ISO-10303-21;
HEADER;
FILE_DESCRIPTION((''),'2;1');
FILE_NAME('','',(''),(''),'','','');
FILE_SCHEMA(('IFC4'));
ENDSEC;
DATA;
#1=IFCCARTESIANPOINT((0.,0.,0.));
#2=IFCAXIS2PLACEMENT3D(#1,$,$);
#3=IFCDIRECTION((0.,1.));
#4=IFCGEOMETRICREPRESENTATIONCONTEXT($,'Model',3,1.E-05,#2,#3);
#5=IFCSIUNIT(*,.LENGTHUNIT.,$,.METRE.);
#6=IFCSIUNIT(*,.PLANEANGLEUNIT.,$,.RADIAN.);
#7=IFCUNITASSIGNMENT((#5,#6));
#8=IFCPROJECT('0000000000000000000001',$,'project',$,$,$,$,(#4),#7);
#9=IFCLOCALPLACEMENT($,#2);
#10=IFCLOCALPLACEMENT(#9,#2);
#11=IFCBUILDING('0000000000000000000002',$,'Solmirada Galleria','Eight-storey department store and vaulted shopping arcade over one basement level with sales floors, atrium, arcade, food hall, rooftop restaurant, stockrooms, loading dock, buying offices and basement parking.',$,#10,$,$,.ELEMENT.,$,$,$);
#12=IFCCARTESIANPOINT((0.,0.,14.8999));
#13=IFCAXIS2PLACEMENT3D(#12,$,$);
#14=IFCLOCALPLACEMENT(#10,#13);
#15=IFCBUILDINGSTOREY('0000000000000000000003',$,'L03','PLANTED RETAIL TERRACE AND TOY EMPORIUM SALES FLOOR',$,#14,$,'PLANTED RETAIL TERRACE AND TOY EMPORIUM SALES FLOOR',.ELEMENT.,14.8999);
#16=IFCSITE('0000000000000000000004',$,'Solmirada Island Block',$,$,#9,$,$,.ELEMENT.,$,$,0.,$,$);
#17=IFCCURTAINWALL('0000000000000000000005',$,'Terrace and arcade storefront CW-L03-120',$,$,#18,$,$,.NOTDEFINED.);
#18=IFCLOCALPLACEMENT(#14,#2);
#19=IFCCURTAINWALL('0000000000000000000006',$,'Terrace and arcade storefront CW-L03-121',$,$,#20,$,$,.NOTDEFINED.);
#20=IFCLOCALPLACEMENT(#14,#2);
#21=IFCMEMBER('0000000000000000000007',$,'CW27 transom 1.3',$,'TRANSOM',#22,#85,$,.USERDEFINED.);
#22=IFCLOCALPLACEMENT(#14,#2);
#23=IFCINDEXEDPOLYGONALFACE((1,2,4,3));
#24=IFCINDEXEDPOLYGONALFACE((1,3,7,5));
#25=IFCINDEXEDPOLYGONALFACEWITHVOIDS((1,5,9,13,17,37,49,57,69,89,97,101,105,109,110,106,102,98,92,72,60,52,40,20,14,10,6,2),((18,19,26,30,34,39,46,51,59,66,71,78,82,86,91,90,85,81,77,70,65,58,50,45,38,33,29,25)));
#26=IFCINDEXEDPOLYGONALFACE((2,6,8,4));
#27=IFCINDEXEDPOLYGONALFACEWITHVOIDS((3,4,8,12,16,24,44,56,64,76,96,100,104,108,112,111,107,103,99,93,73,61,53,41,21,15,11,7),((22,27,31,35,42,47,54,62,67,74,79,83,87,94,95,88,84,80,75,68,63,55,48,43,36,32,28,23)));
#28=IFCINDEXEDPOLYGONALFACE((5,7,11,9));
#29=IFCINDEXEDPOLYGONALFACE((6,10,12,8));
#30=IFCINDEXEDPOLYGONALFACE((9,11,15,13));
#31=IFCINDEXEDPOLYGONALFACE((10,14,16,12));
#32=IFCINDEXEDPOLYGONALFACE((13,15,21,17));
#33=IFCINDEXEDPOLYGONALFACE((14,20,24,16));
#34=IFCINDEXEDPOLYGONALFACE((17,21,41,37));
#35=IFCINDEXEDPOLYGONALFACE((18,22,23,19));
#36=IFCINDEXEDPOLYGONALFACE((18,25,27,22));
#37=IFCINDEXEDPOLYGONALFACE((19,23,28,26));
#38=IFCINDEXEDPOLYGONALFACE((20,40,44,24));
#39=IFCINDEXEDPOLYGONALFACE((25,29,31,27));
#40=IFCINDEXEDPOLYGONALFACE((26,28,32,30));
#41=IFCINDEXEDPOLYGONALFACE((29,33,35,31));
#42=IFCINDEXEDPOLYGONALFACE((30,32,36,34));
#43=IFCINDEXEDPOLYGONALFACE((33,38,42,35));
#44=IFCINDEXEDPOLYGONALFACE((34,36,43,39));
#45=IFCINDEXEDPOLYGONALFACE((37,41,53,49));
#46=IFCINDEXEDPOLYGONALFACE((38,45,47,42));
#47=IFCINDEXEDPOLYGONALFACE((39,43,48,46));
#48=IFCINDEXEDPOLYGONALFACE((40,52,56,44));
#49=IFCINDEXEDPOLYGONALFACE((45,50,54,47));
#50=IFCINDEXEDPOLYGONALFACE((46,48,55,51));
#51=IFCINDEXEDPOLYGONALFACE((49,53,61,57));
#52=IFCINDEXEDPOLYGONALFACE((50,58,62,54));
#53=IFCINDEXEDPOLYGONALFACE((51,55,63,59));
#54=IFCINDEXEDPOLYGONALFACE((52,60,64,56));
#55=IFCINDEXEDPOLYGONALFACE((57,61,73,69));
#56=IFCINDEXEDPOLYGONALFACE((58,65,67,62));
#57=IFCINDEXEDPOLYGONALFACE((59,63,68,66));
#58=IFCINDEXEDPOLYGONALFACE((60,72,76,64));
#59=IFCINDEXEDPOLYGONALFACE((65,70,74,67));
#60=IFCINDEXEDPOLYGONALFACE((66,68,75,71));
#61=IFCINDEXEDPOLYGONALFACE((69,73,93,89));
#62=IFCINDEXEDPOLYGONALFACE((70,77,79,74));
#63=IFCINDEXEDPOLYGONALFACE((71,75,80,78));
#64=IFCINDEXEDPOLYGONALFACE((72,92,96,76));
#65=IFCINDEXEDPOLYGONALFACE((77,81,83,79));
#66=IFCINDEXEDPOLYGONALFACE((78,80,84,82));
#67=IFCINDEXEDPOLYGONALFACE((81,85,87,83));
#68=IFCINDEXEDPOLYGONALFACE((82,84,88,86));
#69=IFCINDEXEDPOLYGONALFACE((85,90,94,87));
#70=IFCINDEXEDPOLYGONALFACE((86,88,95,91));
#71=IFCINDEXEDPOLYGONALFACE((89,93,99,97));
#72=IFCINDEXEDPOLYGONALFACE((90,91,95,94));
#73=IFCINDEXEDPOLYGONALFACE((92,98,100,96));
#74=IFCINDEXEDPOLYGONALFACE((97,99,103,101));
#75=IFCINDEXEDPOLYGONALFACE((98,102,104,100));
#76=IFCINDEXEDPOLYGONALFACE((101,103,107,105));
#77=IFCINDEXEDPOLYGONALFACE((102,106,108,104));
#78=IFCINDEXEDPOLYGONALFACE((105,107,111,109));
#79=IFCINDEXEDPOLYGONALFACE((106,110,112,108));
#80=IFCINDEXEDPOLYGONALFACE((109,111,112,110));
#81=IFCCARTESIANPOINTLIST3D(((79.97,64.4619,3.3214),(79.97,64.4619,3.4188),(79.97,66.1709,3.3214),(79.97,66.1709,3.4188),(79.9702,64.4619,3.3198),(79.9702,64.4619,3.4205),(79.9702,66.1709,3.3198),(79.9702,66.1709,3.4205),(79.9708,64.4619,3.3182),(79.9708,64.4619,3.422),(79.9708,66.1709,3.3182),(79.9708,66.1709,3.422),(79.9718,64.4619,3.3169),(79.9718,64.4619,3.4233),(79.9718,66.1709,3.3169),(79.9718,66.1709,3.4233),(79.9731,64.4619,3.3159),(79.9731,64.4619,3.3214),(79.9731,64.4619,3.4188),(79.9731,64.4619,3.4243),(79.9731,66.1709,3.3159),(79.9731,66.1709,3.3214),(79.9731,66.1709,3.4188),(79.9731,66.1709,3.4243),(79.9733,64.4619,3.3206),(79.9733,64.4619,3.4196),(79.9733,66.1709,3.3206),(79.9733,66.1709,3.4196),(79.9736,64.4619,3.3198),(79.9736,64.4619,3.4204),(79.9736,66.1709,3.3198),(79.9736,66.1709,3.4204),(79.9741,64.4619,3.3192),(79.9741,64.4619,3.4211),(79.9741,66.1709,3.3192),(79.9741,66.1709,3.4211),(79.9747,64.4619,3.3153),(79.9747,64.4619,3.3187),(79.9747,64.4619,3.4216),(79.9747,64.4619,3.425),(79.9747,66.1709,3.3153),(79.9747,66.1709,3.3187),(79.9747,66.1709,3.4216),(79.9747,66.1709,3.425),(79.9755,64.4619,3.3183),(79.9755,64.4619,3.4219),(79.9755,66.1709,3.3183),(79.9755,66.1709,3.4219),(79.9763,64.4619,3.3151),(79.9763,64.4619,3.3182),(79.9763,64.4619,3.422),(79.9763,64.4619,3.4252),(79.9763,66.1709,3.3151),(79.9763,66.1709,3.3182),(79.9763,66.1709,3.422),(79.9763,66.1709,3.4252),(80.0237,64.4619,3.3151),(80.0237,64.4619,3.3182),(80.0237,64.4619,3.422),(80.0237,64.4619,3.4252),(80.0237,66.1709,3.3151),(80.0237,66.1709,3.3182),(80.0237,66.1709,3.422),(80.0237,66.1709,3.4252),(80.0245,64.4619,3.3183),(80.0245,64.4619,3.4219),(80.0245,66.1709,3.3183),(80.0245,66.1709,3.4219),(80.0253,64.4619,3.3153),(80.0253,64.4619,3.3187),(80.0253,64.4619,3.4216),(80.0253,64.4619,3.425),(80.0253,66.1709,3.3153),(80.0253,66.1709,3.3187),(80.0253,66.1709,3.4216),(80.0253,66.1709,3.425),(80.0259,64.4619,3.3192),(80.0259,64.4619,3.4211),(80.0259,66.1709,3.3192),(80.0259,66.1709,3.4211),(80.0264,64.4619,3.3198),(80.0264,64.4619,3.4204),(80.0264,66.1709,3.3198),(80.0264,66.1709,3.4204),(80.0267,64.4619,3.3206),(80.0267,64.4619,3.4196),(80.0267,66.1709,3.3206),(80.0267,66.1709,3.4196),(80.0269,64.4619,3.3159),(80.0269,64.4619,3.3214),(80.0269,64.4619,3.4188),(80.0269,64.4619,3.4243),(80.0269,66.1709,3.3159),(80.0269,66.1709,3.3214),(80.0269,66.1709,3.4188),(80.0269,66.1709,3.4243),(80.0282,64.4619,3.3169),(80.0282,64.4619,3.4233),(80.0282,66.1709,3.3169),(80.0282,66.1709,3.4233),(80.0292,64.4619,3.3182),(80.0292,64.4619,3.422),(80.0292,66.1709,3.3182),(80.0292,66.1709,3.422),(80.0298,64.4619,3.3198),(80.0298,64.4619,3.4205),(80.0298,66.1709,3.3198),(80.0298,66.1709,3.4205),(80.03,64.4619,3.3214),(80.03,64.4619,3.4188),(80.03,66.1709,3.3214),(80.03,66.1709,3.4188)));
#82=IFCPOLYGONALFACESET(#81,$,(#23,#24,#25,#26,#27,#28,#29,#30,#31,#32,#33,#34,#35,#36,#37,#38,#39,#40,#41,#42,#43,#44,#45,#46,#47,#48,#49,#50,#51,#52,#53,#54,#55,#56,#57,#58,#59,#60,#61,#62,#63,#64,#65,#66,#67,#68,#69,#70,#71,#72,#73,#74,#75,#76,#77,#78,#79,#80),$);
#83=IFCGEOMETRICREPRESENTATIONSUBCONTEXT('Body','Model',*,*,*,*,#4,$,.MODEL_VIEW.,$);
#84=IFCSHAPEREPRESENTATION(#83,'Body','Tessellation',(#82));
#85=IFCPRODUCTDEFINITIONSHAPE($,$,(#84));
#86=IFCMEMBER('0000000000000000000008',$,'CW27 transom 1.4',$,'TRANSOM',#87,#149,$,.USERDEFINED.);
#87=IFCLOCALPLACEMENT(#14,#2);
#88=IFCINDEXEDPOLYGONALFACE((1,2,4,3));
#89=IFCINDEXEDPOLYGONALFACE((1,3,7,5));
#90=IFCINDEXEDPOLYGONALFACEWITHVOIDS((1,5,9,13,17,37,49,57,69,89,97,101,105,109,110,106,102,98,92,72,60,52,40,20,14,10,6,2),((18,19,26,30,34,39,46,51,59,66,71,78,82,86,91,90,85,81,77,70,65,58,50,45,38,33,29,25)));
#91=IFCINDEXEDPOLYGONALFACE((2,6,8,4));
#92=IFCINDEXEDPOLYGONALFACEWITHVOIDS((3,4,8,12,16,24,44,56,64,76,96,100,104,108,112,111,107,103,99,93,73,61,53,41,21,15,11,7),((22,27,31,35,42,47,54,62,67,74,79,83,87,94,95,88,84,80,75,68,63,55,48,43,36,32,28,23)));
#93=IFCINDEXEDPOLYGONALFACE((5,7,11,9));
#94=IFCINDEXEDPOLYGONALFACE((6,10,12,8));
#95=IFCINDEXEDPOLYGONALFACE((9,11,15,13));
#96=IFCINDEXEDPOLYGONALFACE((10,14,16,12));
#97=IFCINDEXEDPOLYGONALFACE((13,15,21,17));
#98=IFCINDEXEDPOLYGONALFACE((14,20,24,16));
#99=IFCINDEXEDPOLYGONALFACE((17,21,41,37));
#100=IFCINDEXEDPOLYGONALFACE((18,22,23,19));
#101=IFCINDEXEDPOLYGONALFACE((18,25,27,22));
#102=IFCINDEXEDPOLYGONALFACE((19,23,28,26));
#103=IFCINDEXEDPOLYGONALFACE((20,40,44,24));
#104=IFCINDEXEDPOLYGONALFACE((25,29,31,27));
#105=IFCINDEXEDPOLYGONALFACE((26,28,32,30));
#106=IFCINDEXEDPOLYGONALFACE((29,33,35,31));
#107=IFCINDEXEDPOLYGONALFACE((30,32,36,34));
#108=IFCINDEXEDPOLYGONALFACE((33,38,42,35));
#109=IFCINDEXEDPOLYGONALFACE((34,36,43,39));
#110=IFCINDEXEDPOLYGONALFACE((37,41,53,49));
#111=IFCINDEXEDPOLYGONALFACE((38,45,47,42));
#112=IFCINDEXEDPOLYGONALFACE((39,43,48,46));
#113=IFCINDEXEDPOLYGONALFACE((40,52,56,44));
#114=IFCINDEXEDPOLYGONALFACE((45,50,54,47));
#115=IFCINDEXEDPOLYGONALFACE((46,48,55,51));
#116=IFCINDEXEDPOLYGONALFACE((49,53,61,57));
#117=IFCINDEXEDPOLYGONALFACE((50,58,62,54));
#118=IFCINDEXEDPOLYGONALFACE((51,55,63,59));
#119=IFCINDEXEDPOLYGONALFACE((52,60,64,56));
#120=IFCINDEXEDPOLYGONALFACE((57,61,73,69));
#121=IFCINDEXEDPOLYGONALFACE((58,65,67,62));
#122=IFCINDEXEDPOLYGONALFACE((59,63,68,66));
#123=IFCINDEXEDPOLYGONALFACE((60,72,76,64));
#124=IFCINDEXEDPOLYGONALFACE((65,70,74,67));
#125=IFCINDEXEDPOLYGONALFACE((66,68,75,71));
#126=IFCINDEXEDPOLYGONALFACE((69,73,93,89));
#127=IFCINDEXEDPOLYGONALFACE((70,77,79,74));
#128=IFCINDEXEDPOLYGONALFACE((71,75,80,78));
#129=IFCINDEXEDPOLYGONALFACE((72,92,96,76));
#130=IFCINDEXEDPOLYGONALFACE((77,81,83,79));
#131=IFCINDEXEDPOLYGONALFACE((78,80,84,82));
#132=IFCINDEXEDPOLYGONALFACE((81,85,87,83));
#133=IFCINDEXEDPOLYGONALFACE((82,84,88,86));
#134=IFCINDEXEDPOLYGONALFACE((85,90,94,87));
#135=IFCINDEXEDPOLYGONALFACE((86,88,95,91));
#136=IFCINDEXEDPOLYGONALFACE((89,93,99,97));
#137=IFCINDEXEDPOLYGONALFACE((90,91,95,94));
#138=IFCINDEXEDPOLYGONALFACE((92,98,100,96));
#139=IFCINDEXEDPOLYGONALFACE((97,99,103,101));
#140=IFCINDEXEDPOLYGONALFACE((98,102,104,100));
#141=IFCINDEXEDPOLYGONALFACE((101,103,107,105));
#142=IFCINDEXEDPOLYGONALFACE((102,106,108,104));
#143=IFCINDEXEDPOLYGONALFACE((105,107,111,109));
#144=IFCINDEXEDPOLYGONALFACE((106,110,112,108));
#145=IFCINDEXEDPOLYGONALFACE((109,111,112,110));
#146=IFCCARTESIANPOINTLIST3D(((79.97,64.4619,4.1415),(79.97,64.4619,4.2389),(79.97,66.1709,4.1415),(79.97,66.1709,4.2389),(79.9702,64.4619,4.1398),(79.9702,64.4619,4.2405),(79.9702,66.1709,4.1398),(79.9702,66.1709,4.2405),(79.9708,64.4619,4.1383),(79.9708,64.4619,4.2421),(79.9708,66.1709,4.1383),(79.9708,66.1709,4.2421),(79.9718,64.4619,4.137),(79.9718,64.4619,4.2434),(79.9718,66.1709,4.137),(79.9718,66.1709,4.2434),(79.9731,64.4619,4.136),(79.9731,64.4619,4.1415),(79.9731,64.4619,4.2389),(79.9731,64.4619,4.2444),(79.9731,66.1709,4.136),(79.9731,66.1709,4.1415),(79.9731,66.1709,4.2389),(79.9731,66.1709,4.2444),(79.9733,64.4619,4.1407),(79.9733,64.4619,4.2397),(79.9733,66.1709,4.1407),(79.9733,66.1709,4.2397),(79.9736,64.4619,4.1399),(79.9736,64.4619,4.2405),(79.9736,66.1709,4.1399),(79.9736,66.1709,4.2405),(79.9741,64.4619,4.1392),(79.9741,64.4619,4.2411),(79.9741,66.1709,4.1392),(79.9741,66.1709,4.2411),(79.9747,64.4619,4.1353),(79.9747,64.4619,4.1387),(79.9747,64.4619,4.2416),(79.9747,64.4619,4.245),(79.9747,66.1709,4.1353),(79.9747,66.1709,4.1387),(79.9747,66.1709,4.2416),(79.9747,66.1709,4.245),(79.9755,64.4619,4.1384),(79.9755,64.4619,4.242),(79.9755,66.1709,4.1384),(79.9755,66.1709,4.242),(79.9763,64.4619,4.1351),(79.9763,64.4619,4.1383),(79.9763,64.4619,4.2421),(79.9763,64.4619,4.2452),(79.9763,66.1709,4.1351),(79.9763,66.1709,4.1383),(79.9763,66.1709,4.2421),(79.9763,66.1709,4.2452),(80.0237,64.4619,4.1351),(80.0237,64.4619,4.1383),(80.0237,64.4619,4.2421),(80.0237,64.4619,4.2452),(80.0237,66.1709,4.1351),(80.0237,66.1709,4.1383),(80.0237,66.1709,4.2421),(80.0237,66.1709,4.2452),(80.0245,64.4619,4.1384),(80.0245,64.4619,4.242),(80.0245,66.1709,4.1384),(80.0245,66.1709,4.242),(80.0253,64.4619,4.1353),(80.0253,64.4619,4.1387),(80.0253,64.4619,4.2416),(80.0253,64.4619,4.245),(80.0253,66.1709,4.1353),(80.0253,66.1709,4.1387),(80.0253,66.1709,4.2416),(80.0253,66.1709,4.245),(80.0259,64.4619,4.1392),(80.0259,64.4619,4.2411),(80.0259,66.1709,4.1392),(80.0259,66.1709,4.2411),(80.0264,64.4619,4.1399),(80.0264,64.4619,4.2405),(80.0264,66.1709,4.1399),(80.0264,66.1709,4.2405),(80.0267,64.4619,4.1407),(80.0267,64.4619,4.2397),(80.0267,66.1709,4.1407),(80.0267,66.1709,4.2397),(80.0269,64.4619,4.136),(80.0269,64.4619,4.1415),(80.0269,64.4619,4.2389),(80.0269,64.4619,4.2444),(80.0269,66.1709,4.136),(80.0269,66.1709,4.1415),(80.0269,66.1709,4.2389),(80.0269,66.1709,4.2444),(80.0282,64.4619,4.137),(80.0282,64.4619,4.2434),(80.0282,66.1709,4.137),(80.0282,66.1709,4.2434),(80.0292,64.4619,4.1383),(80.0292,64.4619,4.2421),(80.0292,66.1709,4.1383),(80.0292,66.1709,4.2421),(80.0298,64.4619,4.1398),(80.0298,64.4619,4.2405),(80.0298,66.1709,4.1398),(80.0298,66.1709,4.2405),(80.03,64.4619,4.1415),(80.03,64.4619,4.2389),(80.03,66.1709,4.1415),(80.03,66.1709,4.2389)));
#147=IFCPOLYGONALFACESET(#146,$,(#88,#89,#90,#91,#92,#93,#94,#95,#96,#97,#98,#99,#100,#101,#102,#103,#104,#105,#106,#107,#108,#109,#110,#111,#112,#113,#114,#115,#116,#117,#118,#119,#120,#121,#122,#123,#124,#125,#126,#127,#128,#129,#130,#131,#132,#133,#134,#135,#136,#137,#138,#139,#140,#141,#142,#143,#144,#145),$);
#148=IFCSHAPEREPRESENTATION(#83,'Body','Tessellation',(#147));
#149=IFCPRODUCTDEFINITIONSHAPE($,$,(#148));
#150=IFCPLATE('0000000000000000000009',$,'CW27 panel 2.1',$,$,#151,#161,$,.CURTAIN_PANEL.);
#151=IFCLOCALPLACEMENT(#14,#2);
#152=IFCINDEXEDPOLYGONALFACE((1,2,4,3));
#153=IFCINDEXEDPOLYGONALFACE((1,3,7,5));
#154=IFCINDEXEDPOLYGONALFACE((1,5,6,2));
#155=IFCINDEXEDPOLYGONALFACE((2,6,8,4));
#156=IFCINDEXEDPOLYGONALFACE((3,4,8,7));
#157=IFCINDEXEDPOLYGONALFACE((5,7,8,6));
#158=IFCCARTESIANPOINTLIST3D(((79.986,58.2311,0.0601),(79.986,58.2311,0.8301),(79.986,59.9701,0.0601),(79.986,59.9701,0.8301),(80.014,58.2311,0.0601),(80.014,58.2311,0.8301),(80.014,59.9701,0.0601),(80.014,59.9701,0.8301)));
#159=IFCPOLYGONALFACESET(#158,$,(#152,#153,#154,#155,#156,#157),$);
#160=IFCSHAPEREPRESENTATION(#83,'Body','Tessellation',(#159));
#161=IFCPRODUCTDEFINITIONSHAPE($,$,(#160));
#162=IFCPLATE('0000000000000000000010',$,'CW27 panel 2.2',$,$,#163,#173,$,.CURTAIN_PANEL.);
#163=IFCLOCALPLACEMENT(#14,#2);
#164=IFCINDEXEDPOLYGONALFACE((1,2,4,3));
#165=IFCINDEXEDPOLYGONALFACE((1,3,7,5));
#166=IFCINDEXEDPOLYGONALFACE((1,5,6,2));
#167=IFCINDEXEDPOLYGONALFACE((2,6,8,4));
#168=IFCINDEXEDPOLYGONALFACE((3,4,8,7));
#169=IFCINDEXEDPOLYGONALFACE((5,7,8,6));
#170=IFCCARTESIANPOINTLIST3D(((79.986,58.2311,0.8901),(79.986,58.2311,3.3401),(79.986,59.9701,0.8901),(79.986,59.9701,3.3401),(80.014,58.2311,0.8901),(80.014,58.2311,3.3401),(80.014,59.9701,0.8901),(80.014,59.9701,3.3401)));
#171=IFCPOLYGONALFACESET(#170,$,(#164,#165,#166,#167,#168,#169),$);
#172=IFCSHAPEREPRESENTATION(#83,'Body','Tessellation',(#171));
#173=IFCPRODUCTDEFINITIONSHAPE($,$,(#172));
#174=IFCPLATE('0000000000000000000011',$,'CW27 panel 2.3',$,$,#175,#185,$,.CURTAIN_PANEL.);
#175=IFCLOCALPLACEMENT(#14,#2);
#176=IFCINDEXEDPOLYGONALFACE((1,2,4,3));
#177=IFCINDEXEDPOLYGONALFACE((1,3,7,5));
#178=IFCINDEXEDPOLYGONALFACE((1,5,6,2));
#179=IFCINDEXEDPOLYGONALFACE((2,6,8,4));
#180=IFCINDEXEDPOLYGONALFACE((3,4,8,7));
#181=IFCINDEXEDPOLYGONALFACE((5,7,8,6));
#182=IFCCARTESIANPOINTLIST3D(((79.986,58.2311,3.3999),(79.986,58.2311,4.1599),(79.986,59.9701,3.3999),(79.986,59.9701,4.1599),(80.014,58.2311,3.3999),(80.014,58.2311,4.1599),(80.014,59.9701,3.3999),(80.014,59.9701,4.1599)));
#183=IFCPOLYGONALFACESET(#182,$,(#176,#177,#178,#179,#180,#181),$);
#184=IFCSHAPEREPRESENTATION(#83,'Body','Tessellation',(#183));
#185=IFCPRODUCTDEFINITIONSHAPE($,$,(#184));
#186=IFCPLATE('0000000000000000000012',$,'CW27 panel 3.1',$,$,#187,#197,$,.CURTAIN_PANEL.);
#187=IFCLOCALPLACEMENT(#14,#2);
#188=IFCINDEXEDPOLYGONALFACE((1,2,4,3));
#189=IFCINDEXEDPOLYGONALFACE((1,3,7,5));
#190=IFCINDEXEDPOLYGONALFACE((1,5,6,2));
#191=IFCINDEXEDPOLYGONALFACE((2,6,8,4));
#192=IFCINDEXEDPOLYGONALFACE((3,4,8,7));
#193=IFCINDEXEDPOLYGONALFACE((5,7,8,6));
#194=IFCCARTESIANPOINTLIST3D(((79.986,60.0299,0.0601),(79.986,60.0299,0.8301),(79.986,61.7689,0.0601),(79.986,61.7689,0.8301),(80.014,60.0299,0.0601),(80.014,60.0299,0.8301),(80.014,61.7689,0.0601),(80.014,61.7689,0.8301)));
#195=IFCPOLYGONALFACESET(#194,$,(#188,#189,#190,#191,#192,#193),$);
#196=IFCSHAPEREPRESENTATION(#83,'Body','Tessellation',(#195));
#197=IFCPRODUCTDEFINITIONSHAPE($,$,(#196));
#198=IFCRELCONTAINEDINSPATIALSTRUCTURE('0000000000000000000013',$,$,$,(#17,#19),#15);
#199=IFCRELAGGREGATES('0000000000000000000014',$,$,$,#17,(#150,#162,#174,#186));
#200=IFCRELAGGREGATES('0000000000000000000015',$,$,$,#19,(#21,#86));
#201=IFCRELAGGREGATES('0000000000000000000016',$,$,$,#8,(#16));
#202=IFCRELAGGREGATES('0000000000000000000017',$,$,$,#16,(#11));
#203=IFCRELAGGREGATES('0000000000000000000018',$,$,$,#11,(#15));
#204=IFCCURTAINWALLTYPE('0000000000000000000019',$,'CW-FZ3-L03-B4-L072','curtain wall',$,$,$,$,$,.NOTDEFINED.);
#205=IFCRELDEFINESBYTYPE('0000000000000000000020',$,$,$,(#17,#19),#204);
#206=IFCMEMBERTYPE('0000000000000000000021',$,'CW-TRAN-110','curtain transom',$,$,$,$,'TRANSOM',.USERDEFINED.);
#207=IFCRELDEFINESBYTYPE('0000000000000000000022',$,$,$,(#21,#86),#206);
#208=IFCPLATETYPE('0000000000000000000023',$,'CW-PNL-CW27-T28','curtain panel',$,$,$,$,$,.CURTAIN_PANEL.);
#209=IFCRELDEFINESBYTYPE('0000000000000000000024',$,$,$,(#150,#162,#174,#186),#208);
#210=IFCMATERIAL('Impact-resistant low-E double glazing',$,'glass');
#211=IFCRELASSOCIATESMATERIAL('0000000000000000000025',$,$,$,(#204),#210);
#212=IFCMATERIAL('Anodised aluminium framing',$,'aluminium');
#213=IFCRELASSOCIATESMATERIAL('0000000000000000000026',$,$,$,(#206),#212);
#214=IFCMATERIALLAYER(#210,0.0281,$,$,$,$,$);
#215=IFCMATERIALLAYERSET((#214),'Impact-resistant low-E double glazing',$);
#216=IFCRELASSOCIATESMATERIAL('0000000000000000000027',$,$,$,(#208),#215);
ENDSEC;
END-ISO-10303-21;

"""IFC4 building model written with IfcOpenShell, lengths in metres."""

from ifc_helpers import new_model, si_unit, direction, frame, origin, origin_2d, place, context, subcontext, project, spatial, rectangle, hollow_rectangle, extrude, material, layer, layer_set, material_profile, profile_set, type_object, element, aggregate, save


model = new_model("IFC4")

# Units and contexts
model_context = context("Model", 3, precision=1e-05, world=origin(), true_north=direction((0.0, 1.0)))
body_context = subcontext(model_context, "Body", "Model", "MODEL_VIEW")
ifc_project = project(units=[si_unit("LENGTHUNIT", "METRE"), si_unit("PLANEANGLEUNIT", "RADIAN")], contexts=[model_context])

# Site, building, storey
site_placement = place(None, origin())
site = spatial("IfcSite", under=ifc_project, at=site_placement, Name="Solmirada Island Block", CompositionType="ELEMENT", RefElevation=0.0)
building_placement = place(site_placement, origin())
building = spatial("IfcBuilding", under=site, at=building_placement, Name="Solmirada Galleria", Description="Eight-storey department store and vaulted shopping arcade over one basement level with sales floors, atrium, arcade, food hall, rooftop restaurant, stockrooms, loading dock, buying offices and basement parking.", CompositionType="ELEMENT")
storey_placement = place(building_placement, frame((0.0, 0.0, 14.8999)))
storey = spatial("IfcBuildingStorey", under=building, at=storey_placement, Name="L03", Description="PLANTED RETAIL TERRACE AND TOY EMPORIUM SALES FLOOR", LongName="PLANTED RETAIL TERRACE AND TOY EMPORIUM SALES FLOOR", CompositionType="ELEMENT", Elevation=14.8999)

# Curtain wall
ifc_material_1 = material(Name="Impact-resistant low-E double glazing", Category="glass")
curtain_wall_type = type_object("IfcCurtainWallType", Name="CW-FZ3-L03-B4-L072", Description="curtain wall", PredefinedType="NOTDEFINED", material=ifc_material_1)
curtain_wall_1_placement = place(storey_placement, origin())
curtain_wall_1 = element("IfcCurtainWall", 1, at=curtain_wall_1_placement, inside=storey, type_object=curtain_wall_type, Name="Terrace and arcade storefront CW-L03-120", PredefinedType="NOTDEFINED")
ifc_material_2 = material(Name="Anodised aluminium framing", Category="aluminium")

# Curtain wall
curtain_wall_2_placement = place(storey_placement, origin())
curtain_wall_2 = element("IfcCurtainWall", 2, at=curtain_wall_2_placement, inside=storey, type_object=curtain_wall_type, Name="Terrace and arcade storefront CW-L03-121", PredefinedType="NOTDEFINED")

# Members
ifc_material_profile_1 = material_profile(ifc_material_2, hollow_rectangle(XDim=0.0601, YDim=0.1101, WallThickness=0.0032, InnerFilletRadius=0.0032, OuterFilletRadius=0.0063, at=origin_2d()), Name="ALU-TRAN-110X60")
ifc_profile_set_1 = profile_set([ifc_material_profile_1], Name="Anodised aluminium framing")
member_type_1 = type_object("IfcMemberType", Name="CW-TRAN-110", Description="curtain transom", ElementType="TRANSOM", PredefinedType="USERDEFINED", material=ifc_profile_set_1)
member_1_placement = place(storey_placement, frame((80.0, 64.4619, 3.3701), z_axis=(0.0, 1.0, 0.0), x_axis=(-1.0, 0.0, 0.0)))
member_1 = element("IfcMember", 3, at=member_1_placement, type_object=member_type_1, Name="CW27 transom 1.3", ObjectType="TRANSOM", PredefinedType="USERDEFINED", context=body_context, shape_type="SweptSolid", body=[
    extrude(hollow_rectangle(XDim=0.0601, YDim=0.1101, WallThickness=0.0032, InnerFilletRadius=0.0032, OuterFilletRadius=0.0063, at=origin_2d()), origin(), (0.0, 0.0, 1.0), 1.709),
])
member_2_placement = place(storey_placement, frame((80.0, 64.4619, 4.1902), z_axis=(0.0, 1.0, 0.0), x_axis=(-1.0, 0.0, 0.0)))
member_2 = element("IfcMember", 4, at=member_2_placement, type_object=member_type_1, Name="CW27 transom 1.4", ObjectType="TRANSOM", PredefinedType="USERDEFINED", context=body_context, shape_type="SweptSolid", body=[
    extrude(hollow_rectangle(XDim=0.0601, YDim=0.1101, WallThickness=0.0032, InnerFilletRadius=0.0032, OuterFilletRadius=0.0063, at=origin_2d()), origin(), (0.0, 0.0, 1.0), 1.709),
])

# Plates
ifc_layer = layer(ifc_material_1, 0.0281)
ifc_layer_set = layer_set([ifc_layer], Name="Impact-resistant low-E double glazing")
plate_type = type_object("IfcPlateType", Name="CW-PNL-CW27-T28", Description="curtain panel", PredefinedType="CURTAIN_PANEL", material=ifc_layer_set)
plate_1_placement = place(storey_placement, frame((80.0, 59.1006, 0.0601), z_axis=(0.0, 0.0, 1.0), x_axis=(0.0, 1.0, 0.0)))
plate_1 = element("IfcPlate", 5, at=plate_1_placement, type_object=plate_type, Name="CW27 panel 2.1", PredefinedType="CURTAIN_PANEL", context=body_context, shape_type="SweptSolid", body=[
    extrude(rectangle(XDim=1.739, YDim=0.0281, at=origin_2d()), origin(), (0.0, 0.0, 1.0), 0.77),
])
plate_2_placement = place(storey_placement, frame((80.0, 59.1006, 0.8901), z_axis=(0.0, 0.0, 1.0), x_axis=(0.0, 1.0, 0.0)))
plate_2 = element("IfcPlate", 6, at=plate_2_placement, type_object=plate_type, Name="CW27 panel 2.2", PredefinedType="CURTAIN_PANEL", context=body_context, shape_type="SweptSolid", body=[
    extrude(rectangle(XDim=1.739, YDim=0.0281, at=origin_2d()), origin(), (0.0, 0.0, 1.0), 2.45),
])
plate_3_placement = place(storey_placement, frame((80.0, 59.1006, 3.3999), z_axis=(0.0, 0.0, 1.0), x_axis=(0.0, 1.0, 0.0)))
plate_3 = element("IfcPlate", 7, at=plate_3_placement, type_object=plate_type, Name="CW27 panel 2.3", PredefinedType="CURTAIN_PANEL", context=body_context, shape_type="SweptSolid", body=[
    extrude(rectangle(XDim=1.739, YDim=0.0281, at=origin_2d()), origin(), (0.0, 0.0, 1.0), 0.76),
])
plate_4_placement = place(storey_placement, frame((80.0, 60.8994, 0.0601), z_axis=(0.0, 0.0, 1.0), x_axis=(0.0, 1.0, 0.0)))
plate_4 = element("IfcPlate", 8, at=plate_4_placement, type_object=plate_type, Name="CW27 panel 3.1", PredefinedType="CURTAIN_PANEL", context=body_context, shape_type="SweptSolid", body=[
    extrude(rectangle(XDim=1.739, YDim=0.0281, at=origin_2d()), origin(), (0.0, 0.0, 1.0), 0.77),
])
aggregate(curtain_wall_1, [plate_1, plate_2, plate_3, plate_4])
aggregate(curtain_wall_2, [member_1, member_2])

save(model, "model.ifc")
